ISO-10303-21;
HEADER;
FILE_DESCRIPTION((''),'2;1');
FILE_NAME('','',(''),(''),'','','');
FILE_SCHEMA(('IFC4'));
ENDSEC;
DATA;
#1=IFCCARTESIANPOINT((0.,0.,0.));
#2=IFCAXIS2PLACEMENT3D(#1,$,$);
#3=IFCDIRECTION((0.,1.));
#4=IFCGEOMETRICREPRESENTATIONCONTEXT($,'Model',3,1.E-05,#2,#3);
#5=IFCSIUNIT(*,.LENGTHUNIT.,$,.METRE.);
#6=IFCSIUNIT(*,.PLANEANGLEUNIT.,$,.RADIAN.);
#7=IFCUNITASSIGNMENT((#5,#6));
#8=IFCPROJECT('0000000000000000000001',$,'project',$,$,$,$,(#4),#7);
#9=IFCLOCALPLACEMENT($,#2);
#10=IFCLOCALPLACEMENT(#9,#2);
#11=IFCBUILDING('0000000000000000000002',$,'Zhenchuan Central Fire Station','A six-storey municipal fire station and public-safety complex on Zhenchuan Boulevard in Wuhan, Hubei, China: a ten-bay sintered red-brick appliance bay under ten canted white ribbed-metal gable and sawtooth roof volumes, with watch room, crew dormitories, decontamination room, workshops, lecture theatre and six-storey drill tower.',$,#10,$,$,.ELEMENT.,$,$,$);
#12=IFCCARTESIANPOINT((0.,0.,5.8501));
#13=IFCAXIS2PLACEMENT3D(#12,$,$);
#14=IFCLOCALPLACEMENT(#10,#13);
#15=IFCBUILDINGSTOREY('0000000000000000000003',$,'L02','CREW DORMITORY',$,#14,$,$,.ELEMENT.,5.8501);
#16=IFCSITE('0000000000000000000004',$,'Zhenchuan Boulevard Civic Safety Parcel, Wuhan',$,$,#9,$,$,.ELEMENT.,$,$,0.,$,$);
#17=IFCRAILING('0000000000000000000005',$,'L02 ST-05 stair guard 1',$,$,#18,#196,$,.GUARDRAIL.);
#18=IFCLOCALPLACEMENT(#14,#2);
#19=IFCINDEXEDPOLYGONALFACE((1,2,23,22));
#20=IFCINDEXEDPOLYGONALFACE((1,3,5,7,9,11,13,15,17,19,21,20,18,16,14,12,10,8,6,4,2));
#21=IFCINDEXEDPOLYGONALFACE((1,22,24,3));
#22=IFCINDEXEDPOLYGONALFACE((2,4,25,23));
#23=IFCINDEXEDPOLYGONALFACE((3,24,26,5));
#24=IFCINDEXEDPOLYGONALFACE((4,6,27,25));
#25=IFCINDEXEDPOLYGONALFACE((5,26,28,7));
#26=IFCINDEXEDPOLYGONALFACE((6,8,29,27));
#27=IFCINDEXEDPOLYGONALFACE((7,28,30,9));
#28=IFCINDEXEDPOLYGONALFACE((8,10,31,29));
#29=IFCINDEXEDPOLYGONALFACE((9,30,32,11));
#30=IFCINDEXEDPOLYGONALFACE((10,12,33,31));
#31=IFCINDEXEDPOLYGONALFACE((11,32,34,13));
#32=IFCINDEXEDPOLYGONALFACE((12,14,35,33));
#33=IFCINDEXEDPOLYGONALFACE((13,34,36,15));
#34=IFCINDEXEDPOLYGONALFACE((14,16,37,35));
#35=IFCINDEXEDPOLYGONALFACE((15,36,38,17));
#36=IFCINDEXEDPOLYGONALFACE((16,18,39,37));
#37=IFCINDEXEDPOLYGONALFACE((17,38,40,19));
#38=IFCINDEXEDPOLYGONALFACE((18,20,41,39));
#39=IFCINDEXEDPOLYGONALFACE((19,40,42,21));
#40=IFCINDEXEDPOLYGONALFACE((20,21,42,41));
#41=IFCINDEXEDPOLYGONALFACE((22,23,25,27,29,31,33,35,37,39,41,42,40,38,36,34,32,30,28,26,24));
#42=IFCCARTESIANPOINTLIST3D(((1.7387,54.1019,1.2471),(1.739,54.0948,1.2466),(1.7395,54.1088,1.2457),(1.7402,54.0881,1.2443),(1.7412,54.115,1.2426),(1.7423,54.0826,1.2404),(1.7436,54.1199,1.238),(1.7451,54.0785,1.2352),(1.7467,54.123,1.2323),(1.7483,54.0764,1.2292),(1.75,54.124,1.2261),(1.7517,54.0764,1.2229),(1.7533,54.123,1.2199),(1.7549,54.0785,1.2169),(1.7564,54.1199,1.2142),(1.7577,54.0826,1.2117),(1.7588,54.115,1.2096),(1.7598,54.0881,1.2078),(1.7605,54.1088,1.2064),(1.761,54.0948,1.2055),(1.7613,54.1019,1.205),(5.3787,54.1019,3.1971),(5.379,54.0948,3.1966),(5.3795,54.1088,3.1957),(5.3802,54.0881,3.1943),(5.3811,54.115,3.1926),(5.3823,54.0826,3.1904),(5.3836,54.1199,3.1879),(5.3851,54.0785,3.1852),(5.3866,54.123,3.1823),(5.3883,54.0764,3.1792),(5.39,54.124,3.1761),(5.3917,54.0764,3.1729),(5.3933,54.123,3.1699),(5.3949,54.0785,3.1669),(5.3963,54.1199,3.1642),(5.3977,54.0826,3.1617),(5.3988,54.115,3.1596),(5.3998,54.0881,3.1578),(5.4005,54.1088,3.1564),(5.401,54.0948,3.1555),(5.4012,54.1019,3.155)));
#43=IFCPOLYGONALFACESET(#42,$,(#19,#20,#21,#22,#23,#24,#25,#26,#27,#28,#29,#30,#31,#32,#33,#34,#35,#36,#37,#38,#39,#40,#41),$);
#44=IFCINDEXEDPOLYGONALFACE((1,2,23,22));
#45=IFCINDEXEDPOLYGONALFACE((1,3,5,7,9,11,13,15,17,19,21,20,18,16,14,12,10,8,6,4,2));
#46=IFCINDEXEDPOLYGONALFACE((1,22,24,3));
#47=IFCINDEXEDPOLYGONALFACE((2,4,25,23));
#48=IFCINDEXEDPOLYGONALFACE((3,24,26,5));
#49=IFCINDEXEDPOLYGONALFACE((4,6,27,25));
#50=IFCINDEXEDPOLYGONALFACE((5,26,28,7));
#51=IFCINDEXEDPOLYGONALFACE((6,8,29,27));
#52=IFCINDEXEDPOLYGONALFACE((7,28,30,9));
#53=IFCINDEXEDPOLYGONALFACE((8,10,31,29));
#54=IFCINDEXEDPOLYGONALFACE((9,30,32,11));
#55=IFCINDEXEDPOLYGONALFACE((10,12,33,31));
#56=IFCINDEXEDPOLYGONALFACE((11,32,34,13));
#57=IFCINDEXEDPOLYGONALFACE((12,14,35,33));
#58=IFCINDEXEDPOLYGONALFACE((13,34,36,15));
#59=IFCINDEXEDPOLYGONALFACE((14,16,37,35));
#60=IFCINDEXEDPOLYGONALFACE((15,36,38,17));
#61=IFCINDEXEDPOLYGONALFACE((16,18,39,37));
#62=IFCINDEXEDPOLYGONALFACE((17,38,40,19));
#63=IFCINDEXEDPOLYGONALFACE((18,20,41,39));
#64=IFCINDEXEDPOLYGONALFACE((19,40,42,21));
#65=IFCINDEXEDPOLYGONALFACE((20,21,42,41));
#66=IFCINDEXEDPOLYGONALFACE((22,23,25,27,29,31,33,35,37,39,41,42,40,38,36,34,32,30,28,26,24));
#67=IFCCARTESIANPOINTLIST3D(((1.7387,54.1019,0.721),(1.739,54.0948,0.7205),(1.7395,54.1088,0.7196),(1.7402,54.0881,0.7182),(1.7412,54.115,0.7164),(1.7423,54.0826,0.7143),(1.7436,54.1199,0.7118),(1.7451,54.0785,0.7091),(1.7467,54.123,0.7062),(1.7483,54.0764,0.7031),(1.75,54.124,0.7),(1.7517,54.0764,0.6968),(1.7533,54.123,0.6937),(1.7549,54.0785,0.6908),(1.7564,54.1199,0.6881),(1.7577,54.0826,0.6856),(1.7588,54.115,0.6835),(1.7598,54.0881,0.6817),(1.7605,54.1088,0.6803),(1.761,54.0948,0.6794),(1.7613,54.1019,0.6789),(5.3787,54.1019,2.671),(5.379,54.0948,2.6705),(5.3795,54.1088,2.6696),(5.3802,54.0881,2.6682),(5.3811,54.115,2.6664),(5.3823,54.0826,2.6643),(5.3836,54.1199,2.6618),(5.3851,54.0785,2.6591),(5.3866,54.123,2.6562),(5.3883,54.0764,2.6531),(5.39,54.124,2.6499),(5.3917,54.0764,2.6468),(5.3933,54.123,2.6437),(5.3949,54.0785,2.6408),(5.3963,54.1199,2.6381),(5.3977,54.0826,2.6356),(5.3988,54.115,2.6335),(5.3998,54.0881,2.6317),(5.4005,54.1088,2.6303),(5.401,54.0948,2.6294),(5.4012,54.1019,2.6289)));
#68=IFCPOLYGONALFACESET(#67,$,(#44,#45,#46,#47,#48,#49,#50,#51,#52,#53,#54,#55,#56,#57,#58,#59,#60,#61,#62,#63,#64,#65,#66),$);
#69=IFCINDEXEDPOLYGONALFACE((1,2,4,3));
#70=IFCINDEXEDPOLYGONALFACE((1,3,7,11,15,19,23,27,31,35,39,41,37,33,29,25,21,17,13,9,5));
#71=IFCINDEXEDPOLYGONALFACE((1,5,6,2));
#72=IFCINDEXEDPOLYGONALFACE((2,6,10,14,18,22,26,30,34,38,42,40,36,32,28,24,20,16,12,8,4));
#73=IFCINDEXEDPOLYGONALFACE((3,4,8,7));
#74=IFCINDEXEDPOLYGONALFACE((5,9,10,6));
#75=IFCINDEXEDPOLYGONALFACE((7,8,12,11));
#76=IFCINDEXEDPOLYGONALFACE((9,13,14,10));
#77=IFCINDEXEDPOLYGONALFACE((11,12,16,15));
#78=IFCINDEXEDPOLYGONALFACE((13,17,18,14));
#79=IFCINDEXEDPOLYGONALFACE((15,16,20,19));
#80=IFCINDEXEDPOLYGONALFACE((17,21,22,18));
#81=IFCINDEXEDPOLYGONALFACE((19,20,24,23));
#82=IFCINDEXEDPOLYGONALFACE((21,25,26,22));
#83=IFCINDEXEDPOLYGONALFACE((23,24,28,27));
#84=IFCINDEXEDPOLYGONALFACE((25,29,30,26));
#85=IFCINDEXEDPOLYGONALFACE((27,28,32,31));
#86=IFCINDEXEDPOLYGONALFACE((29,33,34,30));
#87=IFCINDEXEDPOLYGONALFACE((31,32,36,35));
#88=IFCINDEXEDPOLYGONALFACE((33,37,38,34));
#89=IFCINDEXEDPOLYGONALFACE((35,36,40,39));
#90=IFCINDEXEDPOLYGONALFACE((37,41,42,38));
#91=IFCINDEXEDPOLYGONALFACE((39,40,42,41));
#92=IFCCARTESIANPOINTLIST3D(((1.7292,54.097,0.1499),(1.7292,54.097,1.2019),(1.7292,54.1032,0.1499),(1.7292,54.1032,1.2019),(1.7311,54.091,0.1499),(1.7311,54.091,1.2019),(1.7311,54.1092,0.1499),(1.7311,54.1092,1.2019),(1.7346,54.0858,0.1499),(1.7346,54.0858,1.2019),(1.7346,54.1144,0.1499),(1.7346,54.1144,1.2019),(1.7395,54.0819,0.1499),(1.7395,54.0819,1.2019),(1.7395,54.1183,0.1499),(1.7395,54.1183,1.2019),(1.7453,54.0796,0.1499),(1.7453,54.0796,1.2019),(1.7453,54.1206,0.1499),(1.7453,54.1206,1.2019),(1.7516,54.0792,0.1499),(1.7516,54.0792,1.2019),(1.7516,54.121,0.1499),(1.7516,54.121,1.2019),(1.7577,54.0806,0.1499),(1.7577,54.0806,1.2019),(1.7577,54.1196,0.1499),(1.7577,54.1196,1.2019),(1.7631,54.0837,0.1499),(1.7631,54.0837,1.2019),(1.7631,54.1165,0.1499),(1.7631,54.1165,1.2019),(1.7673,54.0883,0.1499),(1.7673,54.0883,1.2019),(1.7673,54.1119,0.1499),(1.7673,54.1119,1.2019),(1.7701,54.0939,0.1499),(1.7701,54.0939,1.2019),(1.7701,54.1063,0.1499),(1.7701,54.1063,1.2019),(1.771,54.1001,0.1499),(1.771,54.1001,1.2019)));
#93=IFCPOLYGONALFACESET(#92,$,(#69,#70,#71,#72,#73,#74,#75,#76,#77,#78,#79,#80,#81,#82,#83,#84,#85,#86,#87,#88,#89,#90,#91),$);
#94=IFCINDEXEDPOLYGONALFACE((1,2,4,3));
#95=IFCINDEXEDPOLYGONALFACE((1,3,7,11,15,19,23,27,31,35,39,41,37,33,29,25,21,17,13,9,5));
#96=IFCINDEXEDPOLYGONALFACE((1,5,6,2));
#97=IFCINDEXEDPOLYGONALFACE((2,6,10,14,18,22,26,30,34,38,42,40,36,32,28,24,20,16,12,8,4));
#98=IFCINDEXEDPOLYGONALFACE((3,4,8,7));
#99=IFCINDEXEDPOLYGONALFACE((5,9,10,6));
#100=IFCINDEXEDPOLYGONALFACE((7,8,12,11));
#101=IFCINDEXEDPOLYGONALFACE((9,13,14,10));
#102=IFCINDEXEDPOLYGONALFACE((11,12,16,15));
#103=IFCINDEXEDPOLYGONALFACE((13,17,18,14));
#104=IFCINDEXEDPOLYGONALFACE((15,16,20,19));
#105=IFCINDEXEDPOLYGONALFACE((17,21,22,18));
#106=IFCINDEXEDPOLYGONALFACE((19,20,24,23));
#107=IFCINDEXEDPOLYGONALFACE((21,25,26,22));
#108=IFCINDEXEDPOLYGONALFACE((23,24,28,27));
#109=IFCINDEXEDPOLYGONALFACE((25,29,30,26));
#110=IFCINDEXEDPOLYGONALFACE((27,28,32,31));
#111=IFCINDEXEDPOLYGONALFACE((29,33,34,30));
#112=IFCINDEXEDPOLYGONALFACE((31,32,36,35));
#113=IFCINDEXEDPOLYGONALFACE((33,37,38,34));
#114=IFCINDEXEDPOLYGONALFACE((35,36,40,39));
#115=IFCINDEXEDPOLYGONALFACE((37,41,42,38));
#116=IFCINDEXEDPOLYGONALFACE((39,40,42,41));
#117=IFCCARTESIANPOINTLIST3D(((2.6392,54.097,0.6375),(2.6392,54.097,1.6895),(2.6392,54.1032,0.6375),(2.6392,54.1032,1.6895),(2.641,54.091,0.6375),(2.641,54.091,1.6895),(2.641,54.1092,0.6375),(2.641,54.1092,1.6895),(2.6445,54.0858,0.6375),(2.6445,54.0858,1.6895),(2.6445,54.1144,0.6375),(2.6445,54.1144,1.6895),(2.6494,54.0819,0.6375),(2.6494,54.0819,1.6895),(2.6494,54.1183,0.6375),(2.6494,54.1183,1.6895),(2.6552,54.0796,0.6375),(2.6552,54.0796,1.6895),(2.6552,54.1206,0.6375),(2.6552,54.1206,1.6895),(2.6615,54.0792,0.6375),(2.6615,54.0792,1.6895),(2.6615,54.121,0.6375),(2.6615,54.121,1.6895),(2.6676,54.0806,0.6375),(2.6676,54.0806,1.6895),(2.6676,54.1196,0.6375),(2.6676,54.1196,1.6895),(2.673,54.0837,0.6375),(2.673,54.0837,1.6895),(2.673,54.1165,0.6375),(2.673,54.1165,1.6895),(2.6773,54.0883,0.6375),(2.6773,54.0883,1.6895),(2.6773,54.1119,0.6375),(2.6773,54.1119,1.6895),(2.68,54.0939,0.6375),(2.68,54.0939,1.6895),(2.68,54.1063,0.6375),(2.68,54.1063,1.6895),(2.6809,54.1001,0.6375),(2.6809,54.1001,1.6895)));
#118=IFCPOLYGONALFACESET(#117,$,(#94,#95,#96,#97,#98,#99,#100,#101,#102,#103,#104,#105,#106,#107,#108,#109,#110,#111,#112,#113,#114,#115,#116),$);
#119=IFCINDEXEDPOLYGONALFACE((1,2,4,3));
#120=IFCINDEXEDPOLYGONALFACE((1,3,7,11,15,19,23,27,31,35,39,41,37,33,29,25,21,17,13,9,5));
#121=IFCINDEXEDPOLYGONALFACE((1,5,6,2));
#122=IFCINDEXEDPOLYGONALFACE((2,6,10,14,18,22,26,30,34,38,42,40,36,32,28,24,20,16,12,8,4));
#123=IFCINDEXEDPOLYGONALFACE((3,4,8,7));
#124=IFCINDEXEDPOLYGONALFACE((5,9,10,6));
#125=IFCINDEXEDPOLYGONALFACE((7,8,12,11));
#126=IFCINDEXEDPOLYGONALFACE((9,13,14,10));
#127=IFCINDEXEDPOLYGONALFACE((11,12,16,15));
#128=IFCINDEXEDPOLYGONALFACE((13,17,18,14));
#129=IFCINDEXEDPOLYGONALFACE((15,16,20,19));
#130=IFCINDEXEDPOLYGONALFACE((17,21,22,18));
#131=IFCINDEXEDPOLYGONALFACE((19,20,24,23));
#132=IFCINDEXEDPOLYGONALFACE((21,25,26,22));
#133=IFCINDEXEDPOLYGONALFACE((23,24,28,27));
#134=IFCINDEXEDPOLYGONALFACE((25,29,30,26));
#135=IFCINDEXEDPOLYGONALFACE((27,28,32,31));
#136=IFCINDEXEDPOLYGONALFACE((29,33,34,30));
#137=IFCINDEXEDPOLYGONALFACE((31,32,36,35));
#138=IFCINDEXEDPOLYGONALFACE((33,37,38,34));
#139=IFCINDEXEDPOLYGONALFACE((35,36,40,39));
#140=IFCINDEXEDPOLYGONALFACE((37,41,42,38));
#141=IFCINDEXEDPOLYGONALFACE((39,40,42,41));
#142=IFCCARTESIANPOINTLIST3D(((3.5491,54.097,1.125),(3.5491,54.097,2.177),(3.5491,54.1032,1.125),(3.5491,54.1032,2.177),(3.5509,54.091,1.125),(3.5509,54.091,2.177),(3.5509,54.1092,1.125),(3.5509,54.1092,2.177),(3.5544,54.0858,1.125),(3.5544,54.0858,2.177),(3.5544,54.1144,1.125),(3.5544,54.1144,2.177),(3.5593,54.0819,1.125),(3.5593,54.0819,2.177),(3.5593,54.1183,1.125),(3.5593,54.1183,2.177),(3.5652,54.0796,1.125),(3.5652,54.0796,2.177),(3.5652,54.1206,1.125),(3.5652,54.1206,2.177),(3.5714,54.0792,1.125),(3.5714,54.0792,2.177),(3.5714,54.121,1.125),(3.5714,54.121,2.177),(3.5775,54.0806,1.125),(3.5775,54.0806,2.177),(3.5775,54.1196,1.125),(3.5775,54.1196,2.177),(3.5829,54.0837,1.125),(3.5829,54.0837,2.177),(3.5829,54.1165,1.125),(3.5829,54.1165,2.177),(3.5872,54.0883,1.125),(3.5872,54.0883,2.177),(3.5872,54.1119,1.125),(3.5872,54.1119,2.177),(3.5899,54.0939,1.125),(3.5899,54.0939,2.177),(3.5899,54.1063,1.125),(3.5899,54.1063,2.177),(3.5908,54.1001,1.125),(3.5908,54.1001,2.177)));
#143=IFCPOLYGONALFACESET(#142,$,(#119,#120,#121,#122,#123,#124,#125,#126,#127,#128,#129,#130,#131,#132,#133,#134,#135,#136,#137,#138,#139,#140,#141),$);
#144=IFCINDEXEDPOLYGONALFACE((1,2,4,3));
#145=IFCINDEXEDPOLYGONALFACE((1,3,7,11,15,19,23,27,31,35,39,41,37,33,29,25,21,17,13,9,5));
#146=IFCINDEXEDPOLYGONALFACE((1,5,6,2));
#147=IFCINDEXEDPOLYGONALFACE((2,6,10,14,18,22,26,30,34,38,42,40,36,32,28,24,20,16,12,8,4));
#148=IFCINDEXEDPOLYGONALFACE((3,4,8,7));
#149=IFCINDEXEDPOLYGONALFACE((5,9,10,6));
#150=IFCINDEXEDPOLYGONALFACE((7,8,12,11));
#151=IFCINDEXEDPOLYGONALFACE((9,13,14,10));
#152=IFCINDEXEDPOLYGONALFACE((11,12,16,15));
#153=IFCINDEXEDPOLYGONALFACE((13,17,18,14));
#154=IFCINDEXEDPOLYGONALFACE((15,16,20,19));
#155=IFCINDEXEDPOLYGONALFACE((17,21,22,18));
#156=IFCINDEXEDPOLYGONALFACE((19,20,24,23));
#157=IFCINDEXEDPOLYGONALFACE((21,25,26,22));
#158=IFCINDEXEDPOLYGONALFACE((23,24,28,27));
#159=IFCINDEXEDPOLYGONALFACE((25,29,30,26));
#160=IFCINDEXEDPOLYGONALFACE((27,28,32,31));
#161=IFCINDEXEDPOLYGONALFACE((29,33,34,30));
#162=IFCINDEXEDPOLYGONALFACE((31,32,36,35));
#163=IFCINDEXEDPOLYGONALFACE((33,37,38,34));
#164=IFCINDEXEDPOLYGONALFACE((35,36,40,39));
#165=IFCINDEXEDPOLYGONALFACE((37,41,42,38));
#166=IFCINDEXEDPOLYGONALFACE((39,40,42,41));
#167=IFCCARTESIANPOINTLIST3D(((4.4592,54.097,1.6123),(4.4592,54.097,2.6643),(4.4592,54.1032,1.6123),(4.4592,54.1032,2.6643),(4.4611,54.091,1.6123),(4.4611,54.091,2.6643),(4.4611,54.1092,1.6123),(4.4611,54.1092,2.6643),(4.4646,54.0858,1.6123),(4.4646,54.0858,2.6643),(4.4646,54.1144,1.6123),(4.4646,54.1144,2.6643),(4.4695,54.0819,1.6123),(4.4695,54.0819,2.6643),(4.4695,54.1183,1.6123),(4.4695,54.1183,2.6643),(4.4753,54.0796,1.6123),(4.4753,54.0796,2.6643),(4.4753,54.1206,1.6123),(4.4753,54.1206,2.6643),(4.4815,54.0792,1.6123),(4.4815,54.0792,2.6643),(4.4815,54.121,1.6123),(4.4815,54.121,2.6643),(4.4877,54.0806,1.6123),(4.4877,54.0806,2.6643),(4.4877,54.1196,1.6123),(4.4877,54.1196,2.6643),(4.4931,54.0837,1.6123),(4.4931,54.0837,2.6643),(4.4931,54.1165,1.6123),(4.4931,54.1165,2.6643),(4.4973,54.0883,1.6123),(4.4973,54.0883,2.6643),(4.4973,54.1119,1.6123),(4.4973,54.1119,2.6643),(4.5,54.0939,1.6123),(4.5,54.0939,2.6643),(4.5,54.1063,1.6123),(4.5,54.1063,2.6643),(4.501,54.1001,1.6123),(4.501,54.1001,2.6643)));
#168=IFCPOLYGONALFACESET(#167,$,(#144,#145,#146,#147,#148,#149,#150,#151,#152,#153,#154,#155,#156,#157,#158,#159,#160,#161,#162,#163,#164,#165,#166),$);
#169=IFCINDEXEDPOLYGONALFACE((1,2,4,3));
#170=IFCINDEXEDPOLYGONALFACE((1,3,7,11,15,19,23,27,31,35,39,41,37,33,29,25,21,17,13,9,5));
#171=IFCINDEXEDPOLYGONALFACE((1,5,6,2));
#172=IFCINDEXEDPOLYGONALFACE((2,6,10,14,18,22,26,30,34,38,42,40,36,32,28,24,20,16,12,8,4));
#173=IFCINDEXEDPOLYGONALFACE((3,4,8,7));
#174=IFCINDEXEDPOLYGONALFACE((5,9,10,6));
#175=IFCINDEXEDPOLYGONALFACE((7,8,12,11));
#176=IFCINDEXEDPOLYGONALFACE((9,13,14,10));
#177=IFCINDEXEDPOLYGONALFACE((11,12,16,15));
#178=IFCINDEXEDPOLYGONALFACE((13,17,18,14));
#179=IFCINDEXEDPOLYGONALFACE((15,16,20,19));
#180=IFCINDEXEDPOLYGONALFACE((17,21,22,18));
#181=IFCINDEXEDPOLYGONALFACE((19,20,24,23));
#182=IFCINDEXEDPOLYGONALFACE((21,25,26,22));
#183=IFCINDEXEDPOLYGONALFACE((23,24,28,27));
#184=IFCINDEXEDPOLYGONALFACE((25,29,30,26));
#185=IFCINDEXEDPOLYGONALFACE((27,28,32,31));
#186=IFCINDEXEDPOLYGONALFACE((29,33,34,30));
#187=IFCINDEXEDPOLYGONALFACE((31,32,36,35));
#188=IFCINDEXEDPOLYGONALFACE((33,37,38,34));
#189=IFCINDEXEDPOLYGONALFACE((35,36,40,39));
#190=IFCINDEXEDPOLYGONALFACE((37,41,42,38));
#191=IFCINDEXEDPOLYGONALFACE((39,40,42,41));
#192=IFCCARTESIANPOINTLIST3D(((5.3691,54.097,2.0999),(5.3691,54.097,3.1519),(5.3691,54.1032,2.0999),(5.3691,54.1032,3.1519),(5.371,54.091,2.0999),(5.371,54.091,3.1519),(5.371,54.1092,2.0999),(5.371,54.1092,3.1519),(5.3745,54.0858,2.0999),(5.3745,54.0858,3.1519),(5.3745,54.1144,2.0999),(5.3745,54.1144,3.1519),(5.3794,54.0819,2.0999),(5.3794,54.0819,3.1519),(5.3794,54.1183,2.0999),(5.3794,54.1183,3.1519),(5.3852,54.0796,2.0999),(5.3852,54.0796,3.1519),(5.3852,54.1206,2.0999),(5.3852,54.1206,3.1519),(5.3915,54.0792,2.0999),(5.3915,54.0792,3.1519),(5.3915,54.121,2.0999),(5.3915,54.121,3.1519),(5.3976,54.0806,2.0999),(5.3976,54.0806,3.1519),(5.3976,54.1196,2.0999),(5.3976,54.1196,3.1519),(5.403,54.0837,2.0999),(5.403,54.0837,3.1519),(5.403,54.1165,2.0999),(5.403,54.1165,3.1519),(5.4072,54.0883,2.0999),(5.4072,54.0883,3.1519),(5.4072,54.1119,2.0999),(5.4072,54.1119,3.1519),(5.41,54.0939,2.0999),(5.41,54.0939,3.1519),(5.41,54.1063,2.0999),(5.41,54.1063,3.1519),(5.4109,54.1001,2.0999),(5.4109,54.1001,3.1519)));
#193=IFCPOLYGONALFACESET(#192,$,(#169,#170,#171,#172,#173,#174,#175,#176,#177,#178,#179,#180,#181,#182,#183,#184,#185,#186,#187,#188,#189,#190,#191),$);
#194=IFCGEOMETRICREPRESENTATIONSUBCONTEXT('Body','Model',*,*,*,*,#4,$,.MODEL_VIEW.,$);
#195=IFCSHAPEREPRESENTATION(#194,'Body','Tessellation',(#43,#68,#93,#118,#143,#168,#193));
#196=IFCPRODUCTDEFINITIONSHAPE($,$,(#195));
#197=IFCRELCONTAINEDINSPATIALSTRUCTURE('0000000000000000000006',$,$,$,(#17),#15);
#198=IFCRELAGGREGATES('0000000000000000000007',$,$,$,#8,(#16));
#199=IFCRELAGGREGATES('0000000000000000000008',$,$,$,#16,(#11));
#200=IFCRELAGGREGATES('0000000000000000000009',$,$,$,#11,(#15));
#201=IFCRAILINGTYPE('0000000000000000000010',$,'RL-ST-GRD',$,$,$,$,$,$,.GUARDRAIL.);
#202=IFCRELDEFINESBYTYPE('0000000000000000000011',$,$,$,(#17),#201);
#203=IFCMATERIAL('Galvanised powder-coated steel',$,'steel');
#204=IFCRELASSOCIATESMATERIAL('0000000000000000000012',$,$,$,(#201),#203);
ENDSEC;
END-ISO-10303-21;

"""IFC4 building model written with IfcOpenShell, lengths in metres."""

from ifc_helpers import new_model, si_unit, direction, frame, origin, origin_2d, place, context, subcontext, project, spatial, circle, extrude, material, type_object, element, save


model = new_model("IFC4")

# Units and contexts
model_context = context("Model", 3, precision=1e-05, world=origin(), true_north=direction((0.0, 1.0)))
body_context = subcontext(model_context, "Body", "Model", "MODEL_VIEW")
ifc_project = project(units=[si_unit("LENGTHUNIT", "METRE"), si_unit("PLANEANGLEUNIT", "RADIAN")], contexts=[model_context])

# Site, building, storey
site_placement = place(None, origin())
site = spatial("IfcSite", under=ifc_project, at=site_placement, Name="Zhenchuan Boulevard Civic Safety Parcel, Wuhan", CompositionType="ELEMENT", RefElevation=0.0)
building_placement = place(site_placement, origin())
building = spatial("IfcBuilding", under=site, at=building_placement, Name="Zhenchuan Central Fire Station", Description="A six-storey municipal fire station and public-safety complex on Zhenchuan Boulevard in Wuhan, Hubei, China: a ten-bay sintered red-brick appliance bay under ten canted white ribbed-metal gable and sawtooth roof volumes, with watch room, crew dormitories, decontamination room, workshops, lecture theatre and six-storey drill tower.", CompositionType="ELEMENT")
storey_placement = place(building_placement, frame((0.0, 0.0, 5.8501)))
storey = spatial("IfcBuildingStorey", under=building, at=storey_placement, Name="L02", Description="CREW DORMITORY", CompositionType="ELEMENT", Elevation=5.8501)

# Railing
ifc_material_1 = material(Name="Galvanised powder-coated steel", Category="steel")
railing_type_1 = type_object("IfcRailingType", Name="RL-ST-GRD", PredefinedType="GUARDRAIL", material=ifc_material_1)
railing_1_placement = place(storey_placement, frame((1.75, 54.1001, 0.1499)))
element("IfcRailing", 1, at=railing_1_placement, inside=storey, type_object=railing_type_1, Name="L02 ST-05 stair guard 1", PredefinedType="GUARDRAIL", context=body_context, shape_type="SweptSolid", body=[
    extrude(circle(Radius=0.0239, at=origin_2d()), frame((0.0, 0.0, 1.0762), z_axis=(0.881479, 0.0, 0.472223), x_axis=(0.0, 1.0, 0.0)), (0.0, 0.0, 1.0), 4.1294),
    extrude(circle(Radius=0.0239, at=origin_2d()), frame((0.0, 0.0, 0.55), z_axis=(0.881479, 0.0, 0.472223), x_axis=(0.0, 1.0, 0.0)), (0.0, 0.0, 1.0), 4.1294),
    extrude(circle(Radius=0.021, at=origin_2d()), origin(), (0.0, 0.0, 1.0), 1.052),
    extrude(circle(Radius=0.021, at=origin_2d()), frame((0.9099, 0.0, 0.4875)), (0.0, 0.0, 1.0), 1.052),
    extrude(circle(Radius=0.021, at=origin_2d()), frame((1.8198, 0.0, 0.9751)), (0.0, 0.0, 1.0), 1.052),
    extrude(circle(Radius=0.021, at=origin_2d()), frame((2.73, 0.0, 1.4624)), (0.0, 0.0, 1.0), 1.052),
    extrude(circle(Radius=0.021, at=origin_2d()), frame((3.6399, 0.0, 1.95)), (0.0, 0.0, 1.0), 1.052),
])

save(model, "model.ifc")
